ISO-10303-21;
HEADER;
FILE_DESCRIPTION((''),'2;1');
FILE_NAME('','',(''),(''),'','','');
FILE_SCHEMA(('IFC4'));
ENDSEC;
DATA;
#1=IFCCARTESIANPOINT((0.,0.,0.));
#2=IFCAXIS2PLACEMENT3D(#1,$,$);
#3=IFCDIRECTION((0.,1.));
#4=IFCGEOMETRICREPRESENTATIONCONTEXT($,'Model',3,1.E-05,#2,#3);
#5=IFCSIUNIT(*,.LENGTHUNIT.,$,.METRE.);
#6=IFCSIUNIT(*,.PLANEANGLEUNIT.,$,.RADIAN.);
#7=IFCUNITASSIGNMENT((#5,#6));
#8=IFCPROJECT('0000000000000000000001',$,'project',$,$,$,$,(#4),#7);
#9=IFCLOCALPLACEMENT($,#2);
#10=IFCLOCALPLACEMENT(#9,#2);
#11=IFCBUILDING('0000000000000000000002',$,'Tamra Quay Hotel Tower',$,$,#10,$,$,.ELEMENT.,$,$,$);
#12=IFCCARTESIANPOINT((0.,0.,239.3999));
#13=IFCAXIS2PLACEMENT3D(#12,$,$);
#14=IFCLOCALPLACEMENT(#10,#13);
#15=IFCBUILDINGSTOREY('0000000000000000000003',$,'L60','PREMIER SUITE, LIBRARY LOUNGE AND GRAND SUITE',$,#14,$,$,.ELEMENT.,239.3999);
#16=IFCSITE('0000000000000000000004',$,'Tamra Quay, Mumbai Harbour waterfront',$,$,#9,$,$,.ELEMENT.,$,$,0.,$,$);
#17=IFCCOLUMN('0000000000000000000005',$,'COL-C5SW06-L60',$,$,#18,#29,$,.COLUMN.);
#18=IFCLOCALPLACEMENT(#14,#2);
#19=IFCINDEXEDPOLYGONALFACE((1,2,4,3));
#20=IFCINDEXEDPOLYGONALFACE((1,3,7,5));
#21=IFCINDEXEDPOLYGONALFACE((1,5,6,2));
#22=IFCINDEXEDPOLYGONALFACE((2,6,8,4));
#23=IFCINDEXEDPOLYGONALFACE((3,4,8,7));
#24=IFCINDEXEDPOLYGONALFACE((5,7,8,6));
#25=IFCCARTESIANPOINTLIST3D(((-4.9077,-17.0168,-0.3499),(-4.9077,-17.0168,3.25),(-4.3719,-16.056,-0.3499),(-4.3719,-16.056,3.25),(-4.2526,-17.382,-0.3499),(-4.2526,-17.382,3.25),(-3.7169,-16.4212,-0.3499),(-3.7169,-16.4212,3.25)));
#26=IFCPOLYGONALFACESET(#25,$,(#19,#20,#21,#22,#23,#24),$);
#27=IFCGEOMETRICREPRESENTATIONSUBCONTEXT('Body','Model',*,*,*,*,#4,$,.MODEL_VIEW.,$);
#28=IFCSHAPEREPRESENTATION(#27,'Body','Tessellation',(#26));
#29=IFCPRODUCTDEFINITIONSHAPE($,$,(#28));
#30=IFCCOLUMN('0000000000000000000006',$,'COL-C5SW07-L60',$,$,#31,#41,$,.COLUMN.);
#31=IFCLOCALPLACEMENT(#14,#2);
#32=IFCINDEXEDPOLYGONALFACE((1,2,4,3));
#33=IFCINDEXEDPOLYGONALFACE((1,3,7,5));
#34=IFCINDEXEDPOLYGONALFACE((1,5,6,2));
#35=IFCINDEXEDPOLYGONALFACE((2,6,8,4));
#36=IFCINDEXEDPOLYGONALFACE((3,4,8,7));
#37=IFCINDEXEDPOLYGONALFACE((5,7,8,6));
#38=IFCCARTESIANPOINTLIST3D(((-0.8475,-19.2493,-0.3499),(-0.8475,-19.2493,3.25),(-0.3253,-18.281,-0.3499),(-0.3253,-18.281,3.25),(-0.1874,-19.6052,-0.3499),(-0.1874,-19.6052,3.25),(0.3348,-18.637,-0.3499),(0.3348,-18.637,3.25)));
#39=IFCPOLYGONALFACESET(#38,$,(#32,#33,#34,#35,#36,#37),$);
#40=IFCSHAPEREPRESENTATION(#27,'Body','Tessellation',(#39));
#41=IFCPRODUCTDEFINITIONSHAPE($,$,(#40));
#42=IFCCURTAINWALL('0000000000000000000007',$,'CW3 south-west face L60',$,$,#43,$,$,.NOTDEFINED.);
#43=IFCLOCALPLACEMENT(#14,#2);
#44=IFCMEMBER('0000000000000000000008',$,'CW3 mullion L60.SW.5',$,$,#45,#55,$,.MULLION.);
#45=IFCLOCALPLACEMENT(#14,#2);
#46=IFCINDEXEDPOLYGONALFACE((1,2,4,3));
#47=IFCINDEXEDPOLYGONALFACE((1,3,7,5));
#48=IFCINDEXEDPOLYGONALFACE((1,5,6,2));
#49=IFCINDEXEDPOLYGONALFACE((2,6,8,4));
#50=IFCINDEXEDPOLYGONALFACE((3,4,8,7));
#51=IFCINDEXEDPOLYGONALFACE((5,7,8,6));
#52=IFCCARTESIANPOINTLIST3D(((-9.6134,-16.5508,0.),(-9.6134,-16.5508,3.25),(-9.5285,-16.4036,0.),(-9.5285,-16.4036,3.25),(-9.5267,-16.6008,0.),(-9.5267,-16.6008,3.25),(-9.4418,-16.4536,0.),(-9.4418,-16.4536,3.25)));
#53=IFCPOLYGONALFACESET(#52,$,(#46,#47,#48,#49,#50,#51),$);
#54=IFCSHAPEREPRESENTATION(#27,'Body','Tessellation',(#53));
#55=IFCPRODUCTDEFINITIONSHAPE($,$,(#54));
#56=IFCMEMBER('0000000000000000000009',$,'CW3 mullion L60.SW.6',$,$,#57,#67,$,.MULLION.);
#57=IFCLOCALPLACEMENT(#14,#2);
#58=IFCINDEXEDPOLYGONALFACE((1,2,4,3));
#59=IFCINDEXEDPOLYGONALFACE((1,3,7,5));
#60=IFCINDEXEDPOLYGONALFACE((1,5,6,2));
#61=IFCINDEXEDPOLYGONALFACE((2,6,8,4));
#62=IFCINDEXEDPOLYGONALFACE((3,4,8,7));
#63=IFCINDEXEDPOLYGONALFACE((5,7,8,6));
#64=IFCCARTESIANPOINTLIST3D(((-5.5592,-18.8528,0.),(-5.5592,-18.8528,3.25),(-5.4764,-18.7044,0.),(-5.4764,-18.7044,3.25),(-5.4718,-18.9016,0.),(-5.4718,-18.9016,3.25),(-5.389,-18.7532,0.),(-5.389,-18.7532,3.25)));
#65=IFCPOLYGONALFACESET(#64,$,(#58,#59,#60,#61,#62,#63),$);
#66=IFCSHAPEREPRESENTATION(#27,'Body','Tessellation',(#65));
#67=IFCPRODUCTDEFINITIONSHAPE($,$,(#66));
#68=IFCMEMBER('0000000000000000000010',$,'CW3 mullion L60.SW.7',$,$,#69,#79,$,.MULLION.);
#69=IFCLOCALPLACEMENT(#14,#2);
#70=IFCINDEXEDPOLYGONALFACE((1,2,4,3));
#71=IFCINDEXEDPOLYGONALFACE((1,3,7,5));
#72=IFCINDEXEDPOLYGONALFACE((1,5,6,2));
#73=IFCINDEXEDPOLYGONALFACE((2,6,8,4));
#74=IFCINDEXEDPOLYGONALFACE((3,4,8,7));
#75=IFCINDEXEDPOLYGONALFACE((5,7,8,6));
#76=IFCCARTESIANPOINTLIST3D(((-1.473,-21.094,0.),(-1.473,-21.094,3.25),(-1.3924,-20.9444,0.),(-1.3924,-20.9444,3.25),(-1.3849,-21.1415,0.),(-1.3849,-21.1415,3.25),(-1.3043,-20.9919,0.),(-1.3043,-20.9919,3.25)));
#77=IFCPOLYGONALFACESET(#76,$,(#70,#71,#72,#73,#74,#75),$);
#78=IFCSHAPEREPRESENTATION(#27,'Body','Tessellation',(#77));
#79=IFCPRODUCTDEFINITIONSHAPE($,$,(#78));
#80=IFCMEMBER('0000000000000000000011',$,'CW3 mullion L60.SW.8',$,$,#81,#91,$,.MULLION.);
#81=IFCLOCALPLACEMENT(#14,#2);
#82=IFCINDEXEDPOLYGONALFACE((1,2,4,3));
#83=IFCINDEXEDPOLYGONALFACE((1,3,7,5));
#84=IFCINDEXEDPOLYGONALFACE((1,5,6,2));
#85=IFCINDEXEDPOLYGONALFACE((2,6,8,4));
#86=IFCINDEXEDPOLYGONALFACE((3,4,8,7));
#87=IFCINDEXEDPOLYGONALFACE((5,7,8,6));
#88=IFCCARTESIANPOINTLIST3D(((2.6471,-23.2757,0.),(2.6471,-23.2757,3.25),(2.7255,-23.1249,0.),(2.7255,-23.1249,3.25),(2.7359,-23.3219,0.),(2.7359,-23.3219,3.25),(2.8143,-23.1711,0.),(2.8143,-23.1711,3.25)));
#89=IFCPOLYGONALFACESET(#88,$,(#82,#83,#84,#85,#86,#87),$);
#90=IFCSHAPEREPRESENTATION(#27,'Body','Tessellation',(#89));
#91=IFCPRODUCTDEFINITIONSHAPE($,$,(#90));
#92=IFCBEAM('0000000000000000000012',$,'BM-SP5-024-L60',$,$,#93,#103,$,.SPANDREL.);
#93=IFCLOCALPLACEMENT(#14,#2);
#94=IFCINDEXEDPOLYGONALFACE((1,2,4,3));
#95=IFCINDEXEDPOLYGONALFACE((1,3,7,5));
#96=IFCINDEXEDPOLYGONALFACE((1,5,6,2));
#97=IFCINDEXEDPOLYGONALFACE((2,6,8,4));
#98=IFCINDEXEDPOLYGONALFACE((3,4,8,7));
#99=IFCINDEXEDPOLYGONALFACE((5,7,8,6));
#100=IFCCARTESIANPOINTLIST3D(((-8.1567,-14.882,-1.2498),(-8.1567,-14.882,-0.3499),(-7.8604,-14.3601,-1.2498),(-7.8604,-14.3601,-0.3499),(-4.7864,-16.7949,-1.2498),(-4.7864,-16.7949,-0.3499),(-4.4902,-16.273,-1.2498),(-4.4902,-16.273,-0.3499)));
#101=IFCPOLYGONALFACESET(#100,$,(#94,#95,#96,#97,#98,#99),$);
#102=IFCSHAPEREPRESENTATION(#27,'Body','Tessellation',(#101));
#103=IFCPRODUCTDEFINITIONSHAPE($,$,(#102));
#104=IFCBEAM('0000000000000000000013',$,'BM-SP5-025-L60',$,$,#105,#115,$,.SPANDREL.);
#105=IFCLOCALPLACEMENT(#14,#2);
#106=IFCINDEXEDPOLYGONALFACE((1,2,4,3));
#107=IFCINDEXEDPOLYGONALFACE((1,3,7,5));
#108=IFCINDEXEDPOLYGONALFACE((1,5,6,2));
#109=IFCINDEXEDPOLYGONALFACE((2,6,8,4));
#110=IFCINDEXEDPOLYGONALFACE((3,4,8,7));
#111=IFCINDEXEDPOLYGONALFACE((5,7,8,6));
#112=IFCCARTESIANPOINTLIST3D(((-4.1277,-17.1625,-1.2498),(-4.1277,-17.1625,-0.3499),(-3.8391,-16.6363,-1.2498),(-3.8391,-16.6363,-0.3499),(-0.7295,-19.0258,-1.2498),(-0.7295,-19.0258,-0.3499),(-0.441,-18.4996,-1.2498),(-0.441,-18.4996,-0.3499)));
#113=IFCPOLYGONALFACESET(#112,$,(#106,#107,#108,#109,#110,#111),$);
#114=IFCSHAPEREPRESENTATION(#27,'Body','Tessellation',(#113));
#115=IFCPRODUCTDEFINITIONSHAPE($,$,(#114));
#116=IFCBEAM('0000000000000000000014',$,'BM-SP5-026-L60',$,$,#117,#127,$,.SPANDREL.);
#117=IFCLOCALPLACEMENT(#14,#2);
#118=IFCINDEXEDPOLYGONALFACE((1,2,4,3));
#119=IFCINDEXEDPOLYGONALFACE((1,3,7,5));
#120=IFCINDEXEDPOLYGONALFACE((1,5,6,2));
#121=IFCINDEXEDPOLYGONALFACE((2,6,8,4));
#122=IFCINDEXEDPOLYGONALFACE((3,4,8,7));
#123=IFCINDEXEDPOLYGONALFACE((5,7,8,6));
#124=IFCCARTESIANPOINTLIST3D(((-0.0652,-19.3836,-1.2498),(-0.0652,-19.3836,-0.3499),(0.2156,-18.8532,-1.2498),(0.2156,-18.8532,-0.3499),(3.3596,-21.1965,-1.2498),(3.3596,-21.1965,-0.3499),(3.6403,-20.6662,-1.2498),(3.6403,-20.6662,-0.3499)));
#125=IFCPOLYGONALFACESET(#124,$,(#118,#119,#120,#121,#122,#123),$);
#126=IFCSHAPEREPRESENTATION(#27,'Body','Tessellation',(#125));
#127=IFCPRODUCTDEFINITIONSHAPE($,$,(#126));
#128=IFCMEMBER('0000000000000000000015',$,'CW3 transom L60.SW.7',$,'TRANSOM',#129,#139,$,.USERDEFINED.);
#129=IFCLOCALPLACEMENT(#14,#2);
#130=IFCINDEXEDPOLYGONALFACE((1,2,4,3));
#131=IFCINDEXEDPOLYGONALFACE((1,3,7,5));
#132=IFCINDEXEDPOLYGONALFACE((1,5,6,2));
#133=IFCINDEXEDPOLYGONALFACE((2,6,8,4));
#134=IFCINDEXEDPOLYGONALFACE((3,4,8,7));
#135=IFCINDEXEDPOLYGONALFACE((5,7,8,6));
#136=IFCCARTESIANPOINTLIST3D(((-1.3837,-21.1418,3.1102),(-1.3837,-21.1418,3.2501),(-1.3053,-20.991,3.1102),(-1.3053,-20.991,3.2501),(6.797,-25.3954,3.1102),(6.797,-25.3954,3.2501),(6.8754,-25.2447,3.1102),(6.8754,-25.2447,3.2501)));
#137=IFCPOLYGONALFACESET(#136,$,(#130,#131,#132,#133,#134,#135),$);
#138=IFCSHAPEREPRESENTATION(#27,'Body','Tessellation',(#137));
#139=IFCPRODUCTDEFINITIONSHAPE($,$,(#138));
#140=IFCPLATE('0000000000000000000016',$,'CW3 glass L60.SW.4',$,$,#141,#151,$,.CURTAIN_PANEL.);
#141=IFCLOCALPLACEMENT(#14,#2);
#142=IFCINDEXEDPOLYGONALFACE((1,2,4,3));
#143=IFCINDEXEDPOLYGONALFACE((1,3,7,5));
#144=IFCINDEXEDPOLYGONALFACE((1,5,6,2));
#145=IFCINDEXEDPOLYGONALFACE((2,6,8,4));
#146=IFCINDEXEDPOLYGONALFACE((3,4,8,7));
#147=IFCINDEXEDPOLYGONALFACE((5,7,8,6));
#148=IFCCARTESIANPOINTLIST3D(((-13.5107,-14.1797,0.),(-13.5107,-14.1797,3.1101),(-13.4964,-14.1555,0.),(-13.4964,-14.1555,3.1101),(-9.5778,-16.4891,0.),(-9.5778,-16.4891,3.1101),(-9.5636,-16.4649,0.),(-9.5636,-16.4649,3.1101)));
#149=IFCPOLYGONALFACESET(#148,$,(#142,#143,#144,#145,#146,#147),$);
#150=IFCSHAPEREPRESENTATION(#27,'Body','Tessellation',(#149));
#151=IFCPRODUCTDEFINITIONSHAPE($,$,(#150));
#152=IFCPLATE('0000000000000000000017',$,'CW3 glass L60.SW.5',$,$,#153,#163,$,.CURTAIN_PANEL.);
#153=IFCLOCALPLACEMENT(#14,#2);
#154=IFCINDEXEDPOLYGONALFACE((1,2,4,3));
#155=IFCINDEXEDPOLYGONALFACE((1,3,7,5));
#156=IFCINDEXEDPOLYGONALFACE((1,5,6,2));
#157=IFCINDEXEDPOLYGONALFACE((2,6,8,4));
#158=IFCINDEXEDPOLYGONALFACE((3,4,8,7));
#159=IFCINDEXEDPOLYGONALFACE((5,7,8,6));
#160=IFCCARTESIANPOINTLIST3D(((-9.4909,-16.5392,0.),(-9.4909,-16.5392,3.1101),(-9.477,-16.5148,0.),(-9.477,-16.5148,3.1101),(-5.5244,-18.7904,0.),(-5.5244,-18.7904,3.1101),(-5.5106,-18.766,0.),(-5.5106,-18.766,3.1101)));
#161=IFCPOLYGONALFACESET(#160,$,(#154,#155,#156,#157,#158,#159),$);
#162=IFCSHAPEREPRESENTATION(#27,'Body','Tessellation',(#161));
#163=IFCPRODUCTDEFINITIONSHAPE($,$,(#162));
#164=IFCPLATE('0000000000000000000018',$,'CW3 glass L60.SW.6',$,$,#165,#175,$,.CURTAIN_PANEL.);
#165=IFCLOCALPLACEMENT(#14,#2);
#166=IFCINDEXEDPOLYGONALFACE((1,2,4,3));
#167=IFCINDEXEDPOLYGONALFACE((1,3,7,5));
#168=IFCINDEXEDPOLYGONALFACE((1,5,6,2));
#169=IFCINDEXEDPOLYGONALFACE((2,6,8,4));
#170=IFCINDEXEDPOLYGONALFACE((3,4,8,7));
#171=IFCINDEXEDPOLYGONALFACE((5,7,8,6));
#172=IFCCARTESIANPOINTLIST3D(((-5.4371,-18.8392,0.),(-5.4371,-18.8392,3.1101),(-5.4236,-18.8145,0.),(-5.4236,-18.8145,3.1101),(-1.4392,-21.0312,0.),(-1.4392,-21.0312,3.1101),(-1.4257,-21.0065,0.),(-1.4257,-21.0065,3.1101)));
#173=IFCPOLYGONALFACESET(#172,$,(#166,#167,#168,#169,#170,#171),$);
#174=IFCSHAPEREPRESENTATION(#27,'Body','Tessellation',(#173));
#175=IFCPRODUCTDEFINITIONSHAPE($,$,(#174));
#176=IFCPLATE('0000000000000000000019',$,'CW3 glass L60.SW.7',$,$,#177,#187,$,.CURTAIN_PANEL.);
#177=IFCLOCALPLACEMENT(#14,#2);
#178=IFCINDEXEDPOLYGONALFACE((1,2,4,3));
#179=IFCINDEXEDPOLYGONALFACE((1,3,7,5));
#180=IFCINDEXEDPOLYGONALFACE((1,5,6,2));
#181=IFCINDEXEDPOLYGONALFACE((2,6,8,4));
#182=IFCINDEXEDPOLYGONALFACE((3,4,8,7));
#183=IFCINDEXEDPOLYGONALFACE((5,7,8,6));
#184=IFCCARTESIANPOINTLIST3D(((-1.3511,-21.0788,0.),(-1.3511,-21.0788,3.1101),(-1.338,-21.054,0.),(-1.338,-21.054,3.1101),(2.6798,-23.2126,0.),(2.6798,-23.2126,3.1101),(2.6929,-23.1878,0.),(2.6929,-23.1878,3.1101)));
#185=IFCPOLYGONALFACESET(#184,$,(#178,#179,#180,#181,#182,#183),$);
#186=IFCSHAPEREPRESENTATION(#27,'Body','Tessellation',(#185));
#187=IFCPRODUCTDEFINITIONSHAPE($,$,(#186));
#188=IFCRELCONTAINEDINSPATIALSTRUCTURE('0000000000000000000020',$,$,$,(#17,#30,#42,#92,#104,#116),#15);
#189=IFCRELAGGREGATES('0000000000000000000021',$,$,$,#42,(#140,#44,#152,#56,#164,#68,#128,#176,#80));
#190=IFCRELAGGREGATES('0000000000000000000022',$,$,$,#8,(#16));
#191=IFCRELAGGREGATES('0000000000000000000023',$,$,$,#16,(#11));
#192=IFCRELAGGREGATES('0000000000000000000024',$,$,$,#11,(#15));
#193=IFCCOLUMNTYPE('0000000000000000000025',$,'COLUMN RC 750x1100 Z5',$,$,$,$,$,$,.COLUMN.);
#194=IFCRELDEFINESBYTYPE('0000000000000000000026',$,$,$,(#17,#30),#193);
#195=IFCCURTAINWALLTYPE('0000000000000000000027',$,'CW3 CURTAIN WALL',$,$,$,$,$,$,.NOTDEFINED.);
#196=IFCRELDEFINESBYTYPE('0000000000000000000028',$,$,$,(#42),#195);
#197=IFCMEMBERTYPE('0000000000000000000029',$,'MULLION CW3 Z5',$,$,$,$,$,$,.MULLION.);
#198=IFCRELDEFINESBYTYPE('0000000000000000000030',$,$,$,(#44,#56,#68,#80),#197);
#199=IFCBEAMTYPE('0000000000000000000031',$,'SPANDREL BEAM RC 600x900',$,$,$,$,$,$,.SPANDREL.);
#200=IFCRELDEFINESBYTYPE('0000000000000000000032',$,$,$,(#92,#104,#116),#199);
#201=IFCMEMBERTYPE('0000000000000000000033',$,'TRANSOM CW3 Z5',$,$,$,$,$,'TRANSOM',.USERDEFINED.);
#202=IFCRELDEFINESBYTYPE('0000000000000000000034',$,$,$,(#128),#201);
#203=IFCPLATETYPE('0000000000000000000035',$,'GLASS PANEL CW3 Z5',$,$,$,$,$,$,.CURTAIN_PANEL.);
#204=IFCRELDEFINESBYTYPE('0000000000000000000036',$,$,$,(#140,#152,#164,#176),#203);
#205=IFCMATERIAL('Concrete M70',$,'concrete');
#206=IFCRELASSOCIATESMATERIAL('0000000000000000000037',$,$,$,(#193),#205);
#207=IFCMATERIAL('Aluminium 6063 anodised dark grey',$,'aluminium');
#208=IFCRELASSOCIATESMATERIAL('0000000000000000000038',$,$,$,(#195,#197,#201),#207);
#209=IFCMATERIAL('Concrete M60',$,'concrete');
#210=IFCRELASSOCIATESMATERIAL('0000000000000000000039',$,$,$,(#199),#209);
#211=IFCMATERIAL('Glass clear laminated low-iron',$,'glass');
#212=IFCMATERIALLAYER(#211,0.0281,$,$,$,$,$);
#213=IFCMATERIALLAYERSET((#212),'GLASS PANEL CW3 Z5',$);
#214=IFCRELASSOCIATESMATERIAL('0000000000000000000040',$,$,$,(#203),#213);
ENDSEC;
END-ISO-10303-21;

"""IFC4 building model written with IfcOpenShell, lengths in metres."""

from ifc_helpers import new_model, si_unit, direction, frame, origin, origin_2d, place, context, subcontext, project, spatial, rectangle, extrude, material, layer, layer_set, material_profile, profile_set, type_object, element, aggregate, save


model = new_model("IFC4")

# Units and contexts
model_context = context("Model", 3, precision=1e-05, world=origin(), true_north=direction((0.0, 1.0)))
body_context = subcontext(model_context, "Body", "Model", "MODEL_VIEW")
ifc_project = project(units=[si_unit("LENGTHUNIT", "METRE"), si_unit("PLANEANGLEUNIT", "RADIAN")], contexts=[model_context])

# Site, building, storey
site_placement = place(None, origin())
site = spatial("IfcSite", under=ifc_project, at=site_placement, Name="Tamra Quay, Mumbai Harbour waterfront", CompositionType="ELEMENT", RefElevation=0.0)
building_placement = place(site_placement, origin())
building = spatial("IfcBuilding", under=site, at=building_placement, Name="Tamra Quay Hotel Tower", CompositionType="ELEMENT")
storey_placement = place(building_placement, frame((0.0, 0.0, 239.3999)))
storey = spatial("IfcBuildingStorey", under=building, at=storey_placement, Name="L60", Description="PREMIER SUITE, LIBRARY LOUNGE AND GRAND SUITE", CompositionType="ELEMENT", Elevation=239.3999)

# Columns
ifc_material_1 = material(Name="Concrete M70", Category="concrete")
ifc_material_profile_1 = material_profile(ifc_material_1, rectangle(XDim=1.1001, YDim=0.75, at=origin_2d()), Name="COLUMN RC 750x1100 Z5")
ifc_profile_set_1 = profile_set([ifc_material_profile_1], Name="Concrete M70")
column_type = type_object("IfcColumnType", Name="COLUMN RC 750x1100 Z5", PredefinedType="COLUMN", material=ifc_profile_set_1)
for number, where, z_axis, x_axis, name in (
    (1, (-4.3123, -16.719, -0.3499), (0.0, 0.0, 1.0), (0.486989, 0.873408, 0.0), "COL-C5SW06-L60"),
    (2, (-0.2563, -18.9431, -0.3499), (0.0, 0.0, 1.0), (0.474651, 0.880174, 0.0), "COL-C5SW07-L60"),
):
    element("IfcColumn", number, at=place(storey_placement, frame(where, z_axis=z_axis, x_axis=x_axis)), inside=storey, type_object=column_type, Name=name, PredefinedType="COLUMN", context=body_context, shape_type="SweptSolid", body=[
        extrude(rectangle(XDim=1.1001, YDim=0.75, at=origin_2d()), origin(), (0.0, 0.0, 1.0), 3.5999),
    ])

# Curtain wall, members
ifc_material_2 = material(Name="Aluminium 6063 anodised dark grey", Category="aluminium")
curtain_wall_type = type_object("IfcCurtainWallType", Name="CW3 CURTAIN WALL", PredefinedType="NOTDEFINED", material=ifc_material_2)
curtain_wall_placement = place(storey_placement, origin())
curtain_wall = element("IfcCurtainWall", 3, at=curtain_wall_placement, inside=storey, type_object=curtain_wall_type, Name="CW3 south-west face L60", PredefinedType="NOTDEFINED")
ifc_material_profile_2 = material_profile(ifc_material_2, rectangle(XDim=0.1699, YDim=0.1001, at=origin_2d()), Name="MULLION 100X170")
ifc_profile_set_2 = profile_set([ifc_material_profile_2], Name="Aluminium 6063 anodised dark grey")
member_type_1 = type_object("IfcMemberType", Name="MULLION CW3 Z5", PredefinedType="MULLION", material=ifc_profile_set_2)
member_1_placement = place(storey_placement, frame((-9.5276, -16.5022, 0.0), z_axis=(0.0, 0.0, 1.0), x_axis=(-0.5, -0.866025, 0.0)))
member_1 = element("IfcMember", 4, at=member_1_placement, type_object=member_type_1, Name="CW3 mullion L60.SW.5", PredefinedType="MULLION", context=body_context, shape_type="SweptSolid", body=[
    extrude(rectangle(XDim=0.1699, YDim=0.1001, at=origin_2d()), origin(), (0.0, 0.0, 1.0), 3.25),
])
member_2_placement = place(storey_placement, frame((-5.4741, -18.803, 0.0), z_axis=(0.0, 0.0, 1.0), x_axis=(-0.487204, -0.873288, 0.0)))
member_2 = element("IfcMember", 5, at=member_2_placement, type_object=member_type_1, Name="CW3 mullion L60.SW.6", PredefinedType="MULLION", context=body_context, shape_type="SweptSolid", body=[
    extrude(rectangle(XDim=0.1699, YDim=0.1001, at=origin_2d()), origin(), (0.0, 0.0, 1.0), 3.25),
])
member_3_placement = place(storey_placement, frame((-1.3887, -21.043, 0.0), z_axis=(0.0, 0.0, 1.0), x_axis=(-0.474319, -0.880353, 0.0)))
member_3 = element("IfcMember", 6, at=member_3_placement, type_object=member_type_1, Name="CW3 mullion L60.SW.7", PredefinedType="MULLION", context=body_context, shape_type="SweptSolid", body=[
    extrude(rectangle(XDim=0.1699, YDim=0.1001, at=origin_2d()), origin(), (0.0, 0.0, 1.0), 3.25),
])
member_4_placement = place(storey_placement, frame((2.7307, -23.2234, 0.0), z_axis=(0.0, 0.0, 1.0), x_axis=(-0.461344, -0.887221, 0.0)))
member_4 = element("IfcMember", 7, at=member_4_placement, type_object=member_type_1, Name="CW3 mullion L60.SW.8", PredefinedType="MULLION", context=body_context, shape_type="SweptSolid", body=[
    extrude(rectangle(XDim=0.1699, YDim=0.1001, at=origin_2d()), origin(), (0.0, 0.0, 1.0), 3.25),
])

# Beams
ifc_material_3 = material(Name="Concrete M60", Category="concrete")
ifc_material_profile_3 = material_profile(ifc_material_3, rectangle(XDim=0.6001, YDim=0.8999, at=origin_2d()), Name="SPANDREL BEAM RC 600x900")
ifc_profile_set_3 = profile_set([ifc_material_profile_3], Name="Concrete M60")
beam_type = type_object("IfcBeamType", Name="SPANDREL BEAM RC 600x900", PredefinedType="SPANDREL", material=ifc_profile_set_3)
beam_1_placement = place(storey_placement, frame((-8.0085, -14.6211, -0.7998), z_axis=(0.869678, -0.49362, 0.0), x_axis=(0.49362, 0.869678, 0.0)))
element("IfcBeam", 8, at=beam_1_placement, inside=storey, type_object=beam_type, Name="BM-SP5-024-L60", PredefinedType="SPANDREL", context=body_context, shape_type="SweptSolid", body=[
    extrude(rectangle(XDim=0.6001, YDim=0.8999, at=origin_2d()), origin(), (0.0, 0.0, 1.0), 3.8752),
])
beam_2_placement = place(storey_placement, frame((-3.9834, -16.8994, -0.7998), z_axis=(0.876839, -0.480784, 0.0), x_axis=(0.480784, 0.876839, 0.0)))
element("IfcBeam", 9, at=beam_2_placement, inside=storey, type_object=beam_type, Name="BM-SP5-025-L60", PredefinedType="SPANDREL", context=body_context, shape_type="SweptSolid", body=[
    extrude(rectangle(XDim=0.6001, YDim=0.8999, at=origin_2d()), origin(), (0.0, 0.0, 1.0), 3.8755),
])
beam_3_placement = place(storey_placement, frame((0.0752, -19.1184, -0.7998), z_axis=(0.883803, -0.467859, 0.0), x_axis=(0.467859, 0.883803, 0.0)))
element("IfcBeam", 10, at=beam_3_placement, inside=storey, type_object=beam_type, Name="BM-SP5-026-L60", PredefinedType="SPANDREL", context=body_context, shape_type="SweptSolid", body=[
    extrude(rectangle(XDim=0.6001, YDim=0.8999, at=origin_2d()), origin(), (0.0, 0.0, 1.0), 3.875),
])

# Member
ifc_material_profile_4 = material_profile(ifc_material_2, rectangle(XDim=0.1699, YDim=0.1399, at=origin_2d()), Name="TRANSOM 170X140")
ifc_profile_set_4 = profile_set([ifc_material_profile_4], Name="Aluminium 6063 anodised dark grey")
member_type_2 = type_object("IfcMemberType", Name="TRANSOM CW3 Z5", ElementType="TRANSOM", PredefinedType="USERDEFINED", material=ifc_profile_set_4)
member_5_placement = place(storey_placement, frame((-1.3445, -21.0664, 3.1802), z_axis=(0.887229, -0.461329, 0.0), x_axis=(0.461329, 0.887229, 0.0)))
member_5 = element("IfcMember", 11, at=member_5_placement, type_object=member_type_2, Name="CW3 transom L60.SW.7", ObjectType="TRANSOM", PredefinedType="USERDEFINED", context=body_context, shape_type="SweptSolid", body=[
    extrude(rectangle(XDim=0.1699, YDim=0.1399, at=origin_2d()), origin(), (0.0, 0.0, 1.0), 9.2205),
])

# Plates
ifc_material_4 = material(Name="Glass clear laminated low-iron", Category="glass")
ifc_layer_1 = layer(ifc_material_4, 0.0281)
ifc_layer_set_1 = layer_set([ifc_layer_1], Name="GLASS PANEL CW3 Z5")
plate_type = type_object("IfcPlateType", Name="GLASS PANEL CW3 Z5", PredefinedType="CURTAIN_PANEL", material=ifc_layer_set_1)
plate_1_placement = place(storey_placement, frame((-11.5371, -15.3223, 0.0), z_axis=(0.0, 0.0, 1.0), x_axis=(0.862321, -0.506362, 0.0)))
plate_1 = element("IfcPlate", 12, at=plate_1_placement, type_object=plate_type, Name="CW3 glass L60.SW.4", PredefinedType="CURTAIN_PANEL", context=body_context, shape_type="SweptSolid", body=[
    extrude(rectangle(XDim=4.5608, YDim=0.0281, at=origin_2d()), origin(), (0.0, 0.0, 1.0), 3.1101),
])
plate_2_placement = place(storey_placement, frame((-7.5007, -17.6526, 0.0), z_axis=(0.0, 0.0, 1.0), x_axis=(0.869683, -0.493611, 0.0)))
plate_2 = element("IfcPlate", 13, at=plate_2_placement, type_object=plate_type, Name="CW3 glass L60.SW.5", PredefinedType="CURTAIN_PANEL", context=body_context, shape_type="SweptSolid", body=[
    extrude(rectangle(XDim=4.5608, YDim=0.0281, at=origin_2d()), origin(), (0.0, 0.0, 1.0), 3.1101),
])
plate_3_placement = place(storey_placement, frame((-3.4314, -19.9229, 0.0), z_axis=(0.0, 0.0, 1.0), x_axis=(0.876846, -0.480771, 0.0)))
plate_3 = element("IfcPlate", 14, at=plate_3_placement, type_object=plate_type, Name="CW3 glass L60.SW.6", PredefinedType="CURTAIN_PANEL", context=body_context, shape_type="SweptSolid", body=[
    extrude(rectangle(XDim=4.5593, YDim=0.0281, at=origin_2d()), origin(), (0.0, 0.0, 1.0), 3.1101),
])
plate_4_placement = place(storey_placement, frame((0.6709, -22.1333, 0.0), z_axis=(0.0, 0.0, 1.0), x_axis=(0.883813, -0.467841, 0.0)))
plate_4 = element("IfcPlate", 15, at=plate_4_placement, type_object=plate_type, Name="CW3 glass L60.SW.7", PredefinedType="CURTAIN_PANEL", context=body_context, shape_type="SweptSolid", body=[
    extrude(rectangle(XDim=4.5608, YDim=0.0281, at=origin_2d()), origin(), (0.0, 0.0, 1.0), 3.1101),
])
aggregate(curtain_wall, [plate_1, member_1, plate_2, member_2, plate_3, member_3, member_5, plate_4, member_4])

save(model, "model.ifc")
